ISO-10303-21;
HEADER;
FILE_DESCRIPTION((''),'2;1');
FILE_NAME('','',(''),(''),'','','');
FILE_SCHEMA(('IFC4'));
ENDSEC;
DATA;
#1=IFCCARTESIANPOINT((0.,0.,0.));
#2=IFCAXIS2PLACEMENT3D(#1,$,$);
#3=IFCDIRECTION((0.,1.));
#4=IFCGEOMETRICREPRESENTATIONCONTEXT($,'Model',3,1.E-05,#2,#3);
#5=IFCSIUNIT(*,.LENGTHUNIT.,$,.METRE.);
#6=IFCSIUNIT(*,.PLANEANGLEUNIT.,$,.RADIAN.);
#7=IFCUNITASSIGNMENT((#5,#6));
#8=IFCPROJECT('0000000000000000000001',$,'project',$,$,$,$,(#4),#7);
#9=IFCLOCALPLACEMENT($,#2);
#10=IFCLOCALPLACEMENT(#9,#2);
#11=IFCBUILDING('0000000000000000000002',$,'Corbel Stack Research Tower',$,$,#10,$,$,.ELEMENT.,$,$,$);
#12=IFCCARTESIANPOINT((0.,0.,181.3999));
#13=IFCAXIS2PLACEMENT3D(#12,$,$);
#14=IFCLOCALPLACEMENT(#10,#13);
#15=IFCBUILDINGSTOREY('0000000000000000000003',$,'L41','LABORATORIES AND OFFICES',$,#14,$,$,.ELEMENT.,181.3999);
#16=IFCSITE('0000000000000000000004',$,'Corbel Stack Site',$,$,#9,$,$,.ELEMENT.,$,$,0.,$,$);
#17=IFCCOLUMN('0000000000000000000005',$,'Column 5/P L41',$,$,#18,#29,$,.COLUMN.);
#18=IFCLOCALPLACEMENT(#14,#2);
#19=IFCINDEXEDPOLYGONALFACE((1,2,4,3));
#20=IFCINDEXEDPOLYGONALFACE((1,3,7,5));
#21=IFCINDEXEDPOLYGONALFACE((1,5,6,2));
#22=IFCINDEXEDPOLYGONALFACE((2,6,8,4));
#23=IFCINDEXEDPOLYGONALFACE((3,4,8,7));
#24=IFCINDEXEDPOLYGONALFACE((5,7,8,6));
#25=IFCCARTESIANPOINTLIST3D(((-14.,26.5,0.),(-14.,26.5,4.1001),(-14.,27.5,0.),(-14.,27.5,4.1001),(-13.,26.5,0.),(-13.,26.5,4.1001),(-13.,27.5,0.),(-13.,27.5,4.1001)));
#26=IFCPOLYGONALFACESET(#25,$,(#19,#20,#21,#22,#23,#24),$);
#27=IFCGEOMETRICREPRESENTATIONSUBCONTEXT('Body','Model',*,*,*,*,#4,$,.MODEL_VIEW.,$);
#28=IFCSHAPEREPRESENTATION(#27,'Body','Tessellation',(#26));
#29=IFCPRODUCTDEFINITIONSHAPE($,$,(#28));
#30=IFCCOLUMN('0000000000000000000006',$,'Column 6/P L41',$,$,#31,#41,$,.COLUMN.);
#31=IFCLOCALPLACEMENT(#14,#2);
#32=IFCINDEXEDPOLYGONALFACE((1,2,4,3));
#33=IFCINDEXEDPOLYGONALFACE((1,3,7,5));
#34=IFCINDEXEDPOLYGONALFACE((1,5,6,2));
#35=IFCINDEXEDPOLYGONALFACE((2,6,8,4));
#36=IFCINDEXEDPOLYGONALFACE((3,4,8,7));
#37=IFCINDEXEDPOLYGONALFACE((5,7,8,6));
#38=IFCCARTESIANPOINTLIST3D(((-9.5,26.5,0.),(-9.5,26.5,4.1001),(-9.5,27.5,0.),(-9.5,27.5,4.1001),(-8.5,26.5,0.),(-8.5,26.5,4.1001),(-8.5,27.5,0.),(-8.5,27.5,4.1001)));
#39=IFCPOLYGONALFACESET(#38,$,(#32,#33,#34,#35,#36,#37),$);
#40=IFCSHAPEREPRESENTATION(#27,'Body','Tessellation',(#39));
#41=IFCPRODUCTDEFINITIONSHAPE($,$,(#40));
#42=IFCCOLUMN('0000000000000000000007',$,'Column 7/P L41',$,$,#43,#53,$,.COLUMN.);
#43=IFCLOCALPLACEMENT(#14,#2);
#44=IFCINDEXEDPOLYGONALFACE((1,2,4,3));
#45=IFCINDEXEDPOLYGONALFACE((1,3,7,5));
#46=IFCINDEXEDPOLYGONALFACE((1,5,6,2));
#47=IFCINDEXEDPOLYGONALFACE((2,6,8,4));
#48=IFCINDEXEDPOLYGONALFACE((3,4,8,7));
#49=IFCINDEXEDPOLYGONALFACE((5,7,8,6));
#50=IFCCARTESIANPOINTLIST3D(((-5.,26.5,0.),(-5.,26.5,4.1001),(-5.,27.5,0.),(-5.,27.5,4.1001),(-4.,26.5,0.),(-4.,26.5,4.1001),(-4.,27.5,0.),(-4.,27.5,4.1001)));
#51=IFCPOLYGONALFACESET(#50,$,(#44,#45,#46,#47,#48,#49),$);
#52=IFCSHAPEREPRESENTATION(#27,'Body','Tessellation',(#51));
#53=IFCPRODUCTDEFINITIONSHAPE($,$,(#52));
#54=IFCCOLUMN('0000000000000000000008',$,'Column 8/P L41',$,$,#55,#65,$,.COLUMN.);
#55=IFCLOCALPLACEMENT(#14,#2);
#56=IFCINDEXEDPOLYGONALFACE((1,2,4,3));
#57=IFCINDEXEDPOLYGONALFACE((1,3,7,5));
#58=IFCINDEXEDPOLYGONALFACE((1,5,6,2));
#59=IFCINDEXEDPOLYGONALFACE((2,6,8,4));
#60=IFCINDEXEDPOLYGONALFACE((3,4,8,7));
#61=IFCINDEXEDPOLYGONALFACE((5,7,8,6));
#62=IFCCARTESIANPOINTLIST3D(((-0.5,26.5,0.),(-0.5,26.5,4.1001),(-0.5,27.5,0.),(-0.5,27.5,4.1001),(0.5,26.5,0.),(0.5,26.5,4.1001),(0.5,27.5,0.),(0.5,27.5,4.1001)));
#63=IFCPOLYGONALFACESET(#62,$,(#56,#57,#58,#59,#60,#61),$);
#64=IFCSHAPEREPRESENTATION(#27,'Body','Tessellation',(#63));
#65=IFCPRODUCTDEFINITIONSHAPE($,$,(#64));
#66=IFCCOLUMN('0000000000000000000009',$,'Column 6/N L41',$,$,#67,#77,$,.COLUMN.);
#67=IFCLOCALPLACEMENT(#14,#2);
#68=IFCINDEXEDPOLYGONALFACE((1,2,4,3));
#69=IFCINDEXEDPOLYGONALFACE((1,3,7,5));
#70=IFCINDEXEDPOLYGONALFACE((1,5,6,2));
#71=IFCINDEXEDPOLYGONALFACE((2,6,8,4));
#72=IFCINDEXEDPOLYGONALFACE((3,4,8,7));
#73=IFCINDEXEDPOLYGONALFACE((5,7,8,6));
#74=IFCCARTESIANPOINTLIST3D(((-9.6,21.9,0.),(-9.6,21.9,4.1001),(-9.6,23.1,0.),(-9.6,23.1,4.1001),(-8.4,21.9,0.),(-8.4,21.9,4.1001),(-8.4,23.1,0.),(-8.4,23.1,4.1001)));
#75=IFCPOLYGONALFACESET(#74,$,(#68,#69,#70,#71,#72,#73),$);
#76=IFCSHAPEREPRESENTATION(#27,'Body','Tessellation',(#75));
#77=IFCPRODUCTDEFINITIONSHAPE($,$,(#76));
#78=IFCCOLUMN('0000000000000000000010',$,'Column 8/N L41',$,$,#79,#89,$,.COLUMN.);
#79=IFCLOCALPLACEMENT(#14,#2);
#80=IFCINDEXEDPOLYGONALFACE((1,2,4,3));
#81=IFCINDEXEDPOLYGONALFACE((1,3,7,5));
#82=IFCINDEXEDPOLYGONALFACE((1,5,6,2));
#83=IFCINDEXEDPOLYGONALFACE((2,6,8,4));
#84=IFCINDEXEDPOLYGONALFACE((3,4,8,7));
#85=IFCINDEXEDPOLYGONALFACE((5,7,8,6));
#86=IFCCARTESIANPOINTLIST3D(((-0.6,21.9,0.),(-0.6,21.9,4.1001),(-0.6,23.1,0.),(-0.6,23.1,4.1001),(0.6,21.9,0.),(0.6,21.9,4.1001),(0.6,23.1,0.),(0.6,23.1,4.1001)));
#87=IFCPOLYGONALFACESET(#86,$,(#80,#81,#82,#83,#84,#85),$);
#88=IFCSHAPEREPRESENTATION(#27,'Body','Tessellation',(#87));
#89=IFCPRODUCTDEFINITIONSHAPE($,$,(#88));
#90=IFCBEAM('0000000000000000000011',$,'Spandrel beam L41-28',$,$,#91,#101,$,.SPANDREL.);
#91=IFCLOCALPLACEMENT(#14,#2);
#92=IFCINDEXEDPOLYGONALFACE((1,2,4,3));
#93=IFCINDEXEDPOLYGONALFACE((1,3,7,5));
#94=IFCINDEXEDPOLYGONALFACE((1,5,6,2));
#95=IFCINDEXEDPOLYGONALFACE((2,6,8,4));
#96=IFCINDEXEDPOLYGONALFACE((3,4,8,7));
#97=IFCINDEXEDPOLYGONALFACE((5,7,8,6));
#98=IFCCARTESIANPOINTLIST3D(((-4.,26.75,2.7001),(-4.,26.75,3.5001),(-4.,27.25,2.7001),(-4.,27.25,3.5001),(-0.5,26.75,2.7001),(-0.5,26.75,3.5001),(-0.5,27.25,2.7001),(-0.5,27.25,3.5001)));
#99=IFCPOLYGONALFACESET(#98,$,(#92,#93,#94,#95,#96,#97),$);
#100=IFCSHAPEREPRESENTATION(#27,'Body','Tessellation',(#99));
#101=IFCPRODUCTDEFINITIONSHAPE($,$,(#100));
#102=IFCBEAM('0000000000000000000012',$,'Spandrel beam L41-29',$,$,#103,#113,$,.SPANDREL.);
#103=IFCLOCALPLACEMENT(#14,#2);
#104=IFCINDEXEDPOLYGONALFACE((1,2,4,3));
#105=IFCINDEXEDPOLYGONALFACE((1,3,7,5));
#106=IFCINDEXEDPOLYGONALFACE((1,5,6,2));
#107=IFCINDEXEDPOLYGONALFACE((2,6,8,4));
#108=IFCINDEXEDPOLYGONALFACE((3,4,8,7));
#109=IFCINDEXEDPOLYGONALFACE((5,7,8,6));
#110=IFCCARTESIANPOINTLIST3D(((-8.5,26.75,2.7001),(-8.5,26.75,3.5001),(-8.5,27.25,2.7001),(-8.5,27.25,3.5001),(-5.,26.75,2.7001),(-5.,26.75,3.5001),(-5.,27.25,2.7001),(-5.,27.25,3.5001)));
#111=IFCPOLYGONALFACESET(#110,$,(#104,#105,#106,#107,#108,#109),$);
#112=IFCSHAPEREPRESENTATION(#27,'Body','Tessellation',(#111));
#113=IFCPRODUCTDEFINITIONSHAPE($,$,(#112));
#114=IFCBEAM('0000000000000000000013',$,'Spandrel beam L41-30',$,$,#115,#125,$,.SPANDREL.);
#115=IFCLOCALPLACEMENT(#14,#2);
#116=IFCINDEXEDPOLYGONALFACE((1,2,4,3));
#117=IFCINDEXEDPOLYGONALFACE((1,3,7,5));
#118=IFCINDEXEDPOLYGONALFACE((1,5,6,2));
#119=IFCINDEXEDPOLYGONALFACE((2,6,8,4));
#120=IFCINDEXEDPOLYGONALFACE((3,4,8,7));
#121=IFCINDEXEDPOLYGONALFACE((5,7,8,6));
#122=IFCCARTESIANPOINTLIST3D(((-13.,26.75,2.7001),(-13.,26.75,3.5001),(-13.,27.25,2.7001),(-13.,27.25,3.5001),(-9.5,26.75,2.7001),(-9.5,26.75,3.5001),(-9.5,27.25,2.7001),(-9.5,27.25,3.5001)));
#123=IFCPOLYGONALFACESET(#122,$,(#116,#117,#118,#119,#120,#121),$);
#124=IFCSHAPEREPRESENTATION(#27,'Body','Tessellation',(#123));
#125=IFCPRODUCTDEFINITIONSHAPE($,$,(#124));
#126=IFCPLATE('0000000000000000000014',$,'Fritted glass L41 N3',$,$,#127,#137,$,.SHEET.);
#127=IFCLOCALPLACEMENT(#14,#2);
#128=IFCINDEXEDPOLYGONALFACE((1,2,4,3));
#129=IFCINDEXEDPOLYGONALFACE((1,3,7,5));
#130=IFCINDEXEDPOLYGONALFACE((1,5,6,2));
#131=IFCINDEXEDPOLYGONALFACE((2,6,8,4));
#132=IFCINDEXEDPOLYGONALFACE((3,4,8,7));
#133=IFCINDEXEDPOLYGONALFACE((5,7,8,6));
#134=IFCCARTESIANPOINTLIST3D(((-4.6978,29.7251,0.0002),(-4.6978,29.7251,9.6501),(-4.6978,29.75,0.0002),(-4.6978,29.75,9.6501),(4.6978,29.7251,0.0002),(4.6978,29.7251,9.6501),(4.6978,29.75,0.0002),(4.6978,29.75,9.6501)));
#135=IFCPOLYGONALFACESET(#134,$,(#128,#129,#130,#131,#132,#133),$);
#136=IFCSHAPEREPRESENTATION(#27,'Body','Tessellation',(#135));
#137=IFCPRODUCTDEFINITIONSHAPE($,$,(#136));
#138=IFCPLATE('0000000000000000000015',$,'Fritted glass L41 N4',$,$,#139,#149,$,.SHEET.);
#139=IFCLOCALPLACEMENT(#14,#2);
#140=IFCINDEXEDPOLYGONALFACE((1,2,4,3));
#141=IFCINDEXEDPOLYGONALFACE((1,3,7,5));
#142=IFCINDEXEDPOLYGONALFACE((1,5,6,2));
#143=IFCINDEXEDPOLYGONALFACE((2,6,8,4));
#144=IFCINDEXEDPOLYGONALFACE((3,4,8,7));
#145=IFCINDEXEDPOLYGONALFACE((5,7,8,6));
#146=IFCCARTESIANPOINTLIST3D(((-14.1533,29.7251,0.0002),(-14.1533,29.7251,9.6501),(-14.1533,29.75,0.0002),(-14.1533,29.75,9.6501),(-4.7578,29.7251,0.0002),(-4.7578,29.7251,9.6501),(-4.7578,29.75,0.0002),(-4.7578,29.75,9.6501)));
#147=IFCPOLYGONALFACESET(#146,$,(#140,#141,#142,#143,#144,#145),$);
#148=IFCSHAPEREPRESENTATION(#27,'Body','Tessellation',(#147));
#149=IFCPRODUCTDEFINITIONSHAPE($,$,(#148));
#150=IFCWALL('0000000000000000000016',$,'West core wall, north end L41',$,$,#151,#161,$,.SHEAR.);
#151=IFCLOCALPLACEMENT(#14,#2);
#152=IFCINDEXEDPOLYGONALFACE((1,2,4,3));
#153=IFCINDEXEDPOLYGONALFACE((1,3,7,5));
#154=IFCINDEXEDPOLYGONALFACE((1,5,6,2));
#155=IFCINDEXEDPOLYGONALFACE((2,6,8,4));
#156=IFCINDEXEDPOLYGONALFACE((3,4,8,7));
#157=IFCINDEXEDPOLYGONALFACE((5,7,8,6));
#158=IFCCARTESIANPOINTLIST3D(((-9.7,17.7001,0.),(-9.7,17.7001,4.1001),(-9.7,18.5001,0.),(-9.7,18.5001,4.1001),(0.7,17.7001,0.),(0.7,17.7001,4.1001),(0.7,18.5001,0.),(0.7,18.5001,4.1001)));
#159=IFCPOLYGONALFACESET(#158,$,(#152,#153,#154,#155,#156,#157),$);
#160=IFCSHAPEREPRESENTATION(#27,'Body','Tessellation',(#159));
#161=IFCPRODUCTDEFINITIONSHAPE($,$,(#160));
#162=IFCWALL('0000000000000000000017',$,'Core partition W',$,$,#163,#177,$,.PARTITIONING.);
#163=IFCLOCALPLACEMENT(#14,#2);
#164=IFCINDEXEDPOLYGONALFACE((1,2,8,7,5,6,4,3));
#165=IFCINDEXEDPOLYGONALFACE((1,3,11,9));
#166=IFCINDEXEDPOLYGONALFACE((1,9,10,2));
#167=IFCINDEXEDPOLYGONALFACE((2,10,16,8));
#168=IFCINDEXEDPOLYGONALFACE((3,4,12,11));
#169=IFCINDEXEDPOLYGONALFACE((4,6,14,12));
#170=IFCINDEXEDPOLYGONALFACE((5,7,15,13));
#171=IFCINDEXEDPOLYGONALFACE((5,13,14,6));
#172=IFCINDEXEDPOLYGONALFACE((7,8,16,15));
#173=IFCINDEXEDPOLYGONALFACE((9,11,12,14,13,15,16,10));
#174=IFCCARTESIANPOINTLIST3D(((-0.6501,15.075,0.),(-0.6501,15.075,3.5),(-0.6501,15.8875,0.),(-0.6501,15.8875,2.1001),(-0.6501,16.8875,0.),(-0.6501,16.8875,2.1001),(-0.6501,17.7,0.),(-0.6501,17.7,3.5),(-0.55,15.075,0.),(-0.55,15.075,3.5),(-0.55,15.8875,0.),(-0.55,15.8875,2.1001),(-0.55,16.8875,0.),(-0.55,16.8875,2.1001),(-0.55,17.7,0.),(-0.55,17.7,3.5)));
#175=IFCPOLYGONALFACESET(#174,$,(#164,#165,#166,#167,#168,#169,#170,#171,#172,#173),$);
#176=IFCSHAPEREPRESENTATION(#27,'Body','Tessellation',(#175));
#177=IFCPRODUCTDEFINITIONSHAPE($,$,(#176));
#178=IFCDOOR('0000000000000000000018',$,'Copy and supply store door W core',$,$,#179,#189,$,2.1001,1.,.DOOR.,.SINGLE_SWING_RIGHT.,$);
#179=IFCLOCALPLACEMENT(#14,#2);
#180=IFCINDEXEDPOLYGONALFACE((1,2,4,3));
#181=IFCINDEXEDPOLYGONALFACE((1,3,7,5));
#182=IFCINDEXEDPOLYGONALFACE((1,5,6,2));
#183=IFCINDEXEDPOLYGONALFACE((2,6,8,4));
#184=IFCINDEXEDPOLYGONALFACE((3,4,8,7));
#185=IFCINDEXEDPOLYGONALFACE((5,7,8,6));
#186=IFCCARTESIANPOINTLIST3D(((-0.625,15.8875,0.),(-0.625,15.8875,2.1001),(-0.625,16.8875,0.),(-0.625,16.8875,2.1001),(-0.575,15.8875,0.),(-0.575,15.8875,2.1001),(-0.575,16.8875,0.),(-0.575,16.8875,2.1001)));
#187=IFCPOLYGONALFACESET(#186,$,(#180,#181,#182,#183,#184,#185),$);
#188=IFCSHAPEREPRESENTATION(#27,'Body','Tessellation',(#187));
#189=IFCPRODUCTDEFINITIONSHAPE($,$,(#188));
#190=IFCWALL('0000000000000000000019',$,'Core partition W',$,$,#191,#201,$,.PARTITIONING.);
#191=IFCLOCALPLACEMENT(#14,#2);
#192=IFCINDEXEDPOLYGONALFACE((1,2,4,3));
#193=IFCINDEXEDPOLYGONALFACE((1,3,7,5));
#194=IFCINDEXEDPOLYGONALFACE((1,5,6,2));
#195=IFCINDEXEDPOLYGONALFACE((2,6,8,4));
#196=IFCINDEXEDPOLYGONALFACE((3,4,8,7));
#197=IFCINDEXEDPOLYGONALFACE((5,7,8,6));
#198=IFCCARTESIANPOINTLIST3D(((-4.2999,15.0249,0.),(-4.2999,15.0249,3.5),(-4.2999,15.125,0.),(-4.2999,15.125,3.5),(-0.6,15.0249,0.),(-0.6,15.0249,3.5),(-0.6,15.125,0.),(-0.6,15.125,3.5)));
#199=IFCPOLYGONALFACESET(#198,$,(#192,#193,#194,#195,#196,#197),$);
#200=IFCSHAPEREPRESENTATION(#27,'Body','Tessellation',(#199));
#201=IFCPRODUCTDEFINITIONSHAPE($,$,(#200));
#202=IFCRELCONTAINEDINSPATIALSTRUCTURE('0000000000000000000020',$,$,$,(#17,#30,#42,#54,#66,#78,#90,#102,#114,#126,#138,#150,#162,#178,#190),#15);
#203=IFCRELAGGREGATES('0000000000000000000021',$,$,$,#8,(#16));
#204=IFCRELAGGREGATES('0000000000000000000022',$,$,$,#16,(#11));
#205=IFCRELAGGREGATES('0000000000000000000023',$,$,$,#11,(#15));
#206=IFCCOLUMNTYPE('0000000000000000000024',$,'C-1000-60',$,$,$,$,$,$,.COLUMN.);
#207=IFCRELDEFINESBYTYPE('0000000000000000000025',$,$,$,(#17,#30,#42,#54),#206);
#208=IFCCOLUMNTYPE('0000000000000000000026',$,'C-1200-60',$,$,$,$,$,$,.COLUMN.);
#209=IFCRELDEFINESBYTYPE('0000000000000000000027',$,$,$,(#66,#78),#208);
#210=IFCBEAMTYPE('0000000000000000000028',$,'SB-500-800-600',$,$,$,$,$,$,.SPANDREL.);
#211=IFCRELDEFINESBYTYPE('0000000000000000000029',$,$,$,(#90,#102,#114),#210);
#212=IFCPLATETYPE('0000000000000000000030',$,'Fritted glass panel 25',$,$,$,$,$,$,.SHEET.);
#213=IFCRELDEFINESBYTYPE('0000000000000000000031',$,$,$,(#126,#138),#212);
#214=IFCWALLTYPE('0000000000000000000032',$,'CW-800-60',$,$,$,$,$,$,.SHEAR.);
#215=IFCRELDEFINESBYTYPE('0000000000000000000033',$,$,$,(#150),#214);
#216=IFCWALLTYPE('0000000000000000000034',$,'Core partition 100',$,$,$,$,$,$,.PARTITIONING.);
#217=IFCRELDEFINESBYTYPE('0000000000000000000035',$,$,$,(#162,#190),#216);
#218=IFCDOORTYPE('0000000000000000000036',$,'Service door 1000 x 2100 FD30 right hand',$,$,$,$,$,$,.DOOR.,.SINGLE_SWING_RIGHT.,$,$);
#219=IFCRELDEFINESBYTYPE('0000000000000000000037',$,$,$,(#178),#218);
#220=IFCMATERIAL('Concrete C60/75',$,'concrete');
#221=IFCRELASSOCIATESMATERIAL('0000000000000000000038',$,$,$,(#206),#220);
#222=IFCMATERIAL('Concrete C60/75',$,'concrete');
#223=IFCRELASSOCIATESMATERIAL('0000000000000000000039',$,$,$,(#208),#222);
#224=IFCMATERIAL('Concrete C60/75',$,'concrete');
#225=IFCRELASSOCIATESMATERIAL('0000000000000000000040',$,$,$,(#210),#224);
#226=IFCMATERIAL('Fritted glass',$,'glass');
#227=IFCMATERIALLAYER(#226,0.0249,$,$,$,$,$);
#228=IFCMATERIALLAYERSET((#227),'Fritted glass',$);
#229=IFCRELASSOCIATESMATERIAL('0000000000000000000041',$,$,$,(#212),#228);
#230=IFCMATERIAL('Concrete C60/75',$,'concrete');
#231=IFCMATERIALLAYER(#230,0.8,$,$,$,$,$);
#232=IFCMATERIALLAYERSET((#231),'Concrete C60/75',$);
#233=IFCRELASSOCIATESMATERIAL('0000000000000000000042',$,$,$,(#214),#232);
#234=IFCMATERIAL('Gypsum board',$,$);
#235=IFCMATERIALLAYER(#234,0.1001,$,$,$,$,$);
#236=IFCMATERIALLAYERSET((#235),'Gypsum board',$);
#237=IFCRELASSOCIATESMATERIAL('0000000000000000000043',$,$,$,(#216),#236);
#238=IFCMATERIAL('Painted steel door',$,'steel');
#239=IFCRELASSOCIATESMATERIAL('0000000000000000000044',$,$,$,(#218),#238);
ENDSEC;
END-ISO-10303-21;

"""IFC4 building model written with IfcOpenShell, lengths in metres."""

from ifc_helpers import new_model, si_unit, direction, frame, frame_2d, origin, origin_2d, place, context, subcontext, project, spatial, rectangle, extrude, material, layer, layer_set, material_profile, profile_set, type_object, element, fill, save


model = new_model("IFC4")

# Units and contexts
model_context = context("Model", 3, precision=1e-05, world=origin(), true_north=direction((0.0, 1.0)))
body_context = subcontext(model_context, "Body", "Model", "MODEL_VIEW")
ifc_project = project(units=[si_unit("LENGTHUNIT", "METRE"), si_unit("PLANEANGLEUNIT", "RADIAN")], contexts=[model_context])

# Site, building, storey
site_placement = place(None, origin())
site = spatial("IfcSite", under=ifc_project, at=site_placement, Name="Corbel Stack Site", CompositionType="ELEMENT", RefElevation=0.0)
building_placement = place(site_placement, origin())
building = spatial("IfcBuilding", under=site, at=building_placement, Name="Corbel Stack Research Tower", CompositionType="ELEMENT")
storey_placement = place(building_placement, frame((0.0, 0.0, 181.3999)))
storey = spatial("IfcBuildingStorey", under=building, at=storey_placement, Name="L41", Description="LABORATORIES AND OFFICES", CompositionType="ELEMENT", Elevation=181.3999)

# Columns
ifc_material_1 = material(Name="Concrete C60/75", Category="concrete")
ifc_material_profile_1 = material_profile(ifc_material_1, rectangle(XDim=1.0, YDim=1.0, at=origin_2d()), Name="RC 1000 x 1000")
ifc_profile_set_1 = profile_set([ifc_material_profile_1], Name="Concrete C60/75")
column_type_1 = type_object("IfcColumnType", Name="C-1000-60", PredefinedType="COLUMN", material=ifc_profile_set_1)
for number, where, z_axis, x_axis, name in (
    (1, (-13.5, 27.0, 0.0), (0.0, 0.0, 1.0), (1.0, 0.0, 0.0), "Column 5/P L41"),
    (2, (-9.0, 27.0, 0.0), (0.0, 0.0, 1.0), (1.0, 0.0, 0.0), "Column 6/P L41"),
    (3, (-4.5, 27.0, 0.0), (0.0, 0.0, 1.0), (1.0, 0.0, 0.0), "Column 7/P L41"),
    (4, (0.0, 27.0, 0.0), (0.0, 0.0, 1.0), (1.0, 0.0, 0.0), "Column 8/P L41"),
):
    element("IfcColumn", number, at=place(storey_placement, frame(where, z_axis=z_axis, x_axis=x_axis)), inside=storey, type_object=column_type_1, Name=name, PredefinedType="COLUMN", context=body_context, shape_type="SweptSolid", body=[
        extrude(rectangle(XDim=1.0, YDim=1.0, at=origin_2d()), origin(), (0.0, 0.0, 1.0), 4.1001),
    ])
ifc_material_2 = material(Name="Concrete C60/75", Category="concrete")
ifc_material_profile_2 = material_profile(ifc_material_2, rectangle(XDim=1.2, YDim=1.2, at=origin_2d()), Name="RC 1200 x 1200")
ifc_profile_set_2 = profile_set([ifc_material_profile_2], Name="Concrete C60/75")
column_type_2 = type_object("IfcColumnType", Name="C-1200-60", PredefinedType="COLUMN", material=ifc_profile_set_2)
for number, where, z_axis, x_axis, name in (
    (5, (-9.0, 22.5, 0.0), (0.0, 0.0, 1.0), (1.0, 0.0, 0.0), "Column 6/N L41"),
    (6, (0.0, 22.5, 0.0), (0.0, 0.0, 1.0), (1.0, 0.0, 0.0), "Column 8/N L41"),
):
    element("IfcColumn", number, at=place(storey_placement, frame(where, z_axis=z_axis, x_axis=x_axis)), inside=storey, type_object=column_type_2, Name=name, PredefinedType="COLUMN", context=body_context, shape_type="SweptSolid", body=[
        extrude(rectangle(XDim=1.2, YDim=1.2, at=origin_2d()), origin(), (0.0, 0.0, 1.0), 4.1001),
    ])

# Beams
ifc_material_3 = material(Name="Concrete C60/75", Category="concrete")
ifc_material_profile_3 = material_profile(ifc_material_3, rectangle(XDim=0.5, YDim=0.8, at=origin_2d()), Name="RC 500 x 800")
ifc_profile_set_3 = profile_set([ifc_material_profile_3], Name="Concrete C60/75")
beam_type = type_object("IfcBeamType", Name="SB-500-800-600", PredefinedType="SPANDREL", material=ifc_profile_set_3)
for number, where, z_axis, x_axis, name in (
    (7, (-0.5, 27.0, 3.1001), (-1.0, 0.0, 0.0), (0.0, -1.0, 0.0), "Spandrel beam L41-28"),
    (8, (-5.0, 27.0, 3.1001), (-1.0, 0.0, 0.0), (0.0, -1.0, 0.0), "Spandrel beam L41-29"),
    (9, (-9.5, 27.0, 3.1001), (-1.0, 0.0, 0.0), (0.0, -1.0, 0.0), "Spandrel beam L41-30"),
):
    element("IfcBeam", number, at=place(storey_placement, frame(where, z_axis=z_axis, x_axis=x_axis)), inside=storey, type_object=beam_type, Name=name, PredefinedType="SPANDREL", context=body_context, shape_type="SweptSolid", body=[
        extrude(rectangle(XDim=0.5, YDim=0.8, at=origin_2d()), origin(), (0.0, 0.0, 1.0), 3.5),
    ])

# Plates
ifc_material_4 = material(Name="Fritted glass", Category="glass")
ifc_layer_1 = layer(ifc_material_4, 0.0249)
ifc_layer_set_1 = layer_set([ifc_layer_1], Name="Fritted glass")
plate_type = type_object("IfcPlateType", Name="Fritted glass panel 25", PredefinedType="SHEET", material=ifc_layer_set_1)
for number, where, z_axis, x_axis, name in (
    (10, (0.0, 29.7375, 0.0002), (0.0, 0.0, 1.0), (-1.0, 0.0, 0.0), "Fritted glass L41 N3"),
    (11, (-9.4556, 29.7375, 0.0002), (0.0, 0.0, 1.0), (-1.0, 0.0, 0.0), "Fritted glass L41 N4"),
):
    element("IfcPlate", number, at=place(storey_placement, frame(where, z_axis=z_axis, x_axis=x_axis)), inside=storey, type_object=plate_type, Name=name, PredefinedType="SHEET", context=body_context, shape_type="SweptSolid", body=[
        extrude(rectangle(XDim=9.3955, YDim=0.0249, at=origin_2d()), origin(), (0.0, 0.0, 1.0), 9.6499),
    ])

# Wall
ifc_material_5 = material(Name="Concrete C60/75", Category="concrete")
ifc_layer_2 = layer(ifc_material_5, 0.8)
ifc_layer_set_2 = layer_set([ifc_layer_2], Name="Concrete C60/75")
wall_type_1 = type_object("IfcWallType", Name="CW-800-60", PredefinedType="SHEAR", material=ifc_layer_set_2)
wall_1_placement = place(storey_placement, frame((-9.7, 18.1001, 0.0), z_axis=(0.0, 0.0, 1.0), x_axis=(1.0, 0.0, 0.0)))
element("IfcWall", 12, at=wall_1_placement, inside=storey, type_object=wall_type_1, Name="West core wall, north end L41", PredefinedType="SHEAR", context=body_context, shape_type="SweptSolid", body=[
    extrude(rectangle(XDim=10.3999, YDim=0.8, at=frame_2d((5.2, 0.0))), origin(), (0.0, 0.0, 1.0), 4.1001),
])

# Wall, opening, door
ifc_material_6 = material(Name="Gypsum board")
ifc_layer_3 = layer(ifc_material_6, 0.1001)
ifc_layer_set_3 = layer_set([ifc_layer_3], Name="Gypsum board")
wall_type_2 = type_object("IfcWallType", Name="Core partition 100", PredefinedType="PARTITIONING", material=ifc_layer_set_3)
wall_2_placement = place(storey_placement, frame((-0.6001, 15.075, 0.0), z_axis=(0.0, 0.0, 1.0), x_axis=(0.0, 1.0, 0.0)))
wall_2 = element("IfcWall", 13, at=wall_2_placement, inside=storey, type_object=wall_type_2, Name="Core partition W", PredefinedType="PARTITIONING", context=body_context, shape_type="SweptSolid", body=[
    extrude(rectangle(XDim=2.625, YDim=0.1001, at=frame_2d((1.3125, 0.0))), origin(), (0.0, 0.0, 1.0), 3.5),
])
opening_1_placement = place(wall_2_placement, frame((0.8125, 0.0, 0.0)))
opening_1 = element("IfcOpeningElement", 14, at=opening_1_placement, cuts=wall_2, PredefinedType="OPENING", context=body_context, shape_type="SweptSolid", body=[
    extrude(rectangle(XDim=1.0, YDim=2.1001, at=frame_2d((0.5, 1.05))), frame((0.0, 0.0601, 0.0), z_axis=(0.0, -1.0, 0.0), x_axis=(1.0, 0.0, 0.0)), (0.0, 0.0, 1.0), 0.1201),
])
ifc_material_7 = material(Name="Painted steel door", Category="steel")
door_type_1 = type_object("IfcDoorType", Name="Service door 1000 x 2100 FD30 right hand", OperationType="SINGLE_SWING_RIGHT", PredefinedType="DOOR", material=ifc_material_7)
door_1_placement = place(opening_1_placement, origin())
door_1 = element("IfcDoor", 15, at=door_1_placement, inside=storey, type_object=door_type_1, Name="Copy and supply store door W core", OperationType="SINGLE_SWING_RIGHT", OverallHeight=2.1001, OverallWidth=1.0, PredefinedType="DOOR", context=body_context, shape_type="SweptSolid", body=[
    extrude(rectangle(XDim=1.0, YDim=2.1001, at=frame_2d((0.5, 1.05))), frame((0.0, 0.0249, 0.0), z_axis=(0.0, -1.0, 0.0), x_axis=(1.0, 0.0, 0.0)), (0.0, 0.0, 1.0), 0.05),
])
fill(opening_1, door_1)

# Wall
wall_3_placement = place(storey_placement, frame((-4.3, 15.075, 0.0), z_axis=(0.0, 0.0, 1.0), x_axis=(1.0, 0.0, 0.0)))
element("IfcWall", 16, at=wall_3_placement, inside=storey, type_object=wall_type_2, Name="Core partition W", PredefinedType="PARTITIONING", context=body_context, shape_type="SweptSolid", body=[
    extrude(rectangle(XDim=3.7, YDim=0.1001, at=frame_2d((1.8501, 0.0))), origin(), (0.0, 0.0, 1.0), 3.5),
])

save(model, "model.ifc")
